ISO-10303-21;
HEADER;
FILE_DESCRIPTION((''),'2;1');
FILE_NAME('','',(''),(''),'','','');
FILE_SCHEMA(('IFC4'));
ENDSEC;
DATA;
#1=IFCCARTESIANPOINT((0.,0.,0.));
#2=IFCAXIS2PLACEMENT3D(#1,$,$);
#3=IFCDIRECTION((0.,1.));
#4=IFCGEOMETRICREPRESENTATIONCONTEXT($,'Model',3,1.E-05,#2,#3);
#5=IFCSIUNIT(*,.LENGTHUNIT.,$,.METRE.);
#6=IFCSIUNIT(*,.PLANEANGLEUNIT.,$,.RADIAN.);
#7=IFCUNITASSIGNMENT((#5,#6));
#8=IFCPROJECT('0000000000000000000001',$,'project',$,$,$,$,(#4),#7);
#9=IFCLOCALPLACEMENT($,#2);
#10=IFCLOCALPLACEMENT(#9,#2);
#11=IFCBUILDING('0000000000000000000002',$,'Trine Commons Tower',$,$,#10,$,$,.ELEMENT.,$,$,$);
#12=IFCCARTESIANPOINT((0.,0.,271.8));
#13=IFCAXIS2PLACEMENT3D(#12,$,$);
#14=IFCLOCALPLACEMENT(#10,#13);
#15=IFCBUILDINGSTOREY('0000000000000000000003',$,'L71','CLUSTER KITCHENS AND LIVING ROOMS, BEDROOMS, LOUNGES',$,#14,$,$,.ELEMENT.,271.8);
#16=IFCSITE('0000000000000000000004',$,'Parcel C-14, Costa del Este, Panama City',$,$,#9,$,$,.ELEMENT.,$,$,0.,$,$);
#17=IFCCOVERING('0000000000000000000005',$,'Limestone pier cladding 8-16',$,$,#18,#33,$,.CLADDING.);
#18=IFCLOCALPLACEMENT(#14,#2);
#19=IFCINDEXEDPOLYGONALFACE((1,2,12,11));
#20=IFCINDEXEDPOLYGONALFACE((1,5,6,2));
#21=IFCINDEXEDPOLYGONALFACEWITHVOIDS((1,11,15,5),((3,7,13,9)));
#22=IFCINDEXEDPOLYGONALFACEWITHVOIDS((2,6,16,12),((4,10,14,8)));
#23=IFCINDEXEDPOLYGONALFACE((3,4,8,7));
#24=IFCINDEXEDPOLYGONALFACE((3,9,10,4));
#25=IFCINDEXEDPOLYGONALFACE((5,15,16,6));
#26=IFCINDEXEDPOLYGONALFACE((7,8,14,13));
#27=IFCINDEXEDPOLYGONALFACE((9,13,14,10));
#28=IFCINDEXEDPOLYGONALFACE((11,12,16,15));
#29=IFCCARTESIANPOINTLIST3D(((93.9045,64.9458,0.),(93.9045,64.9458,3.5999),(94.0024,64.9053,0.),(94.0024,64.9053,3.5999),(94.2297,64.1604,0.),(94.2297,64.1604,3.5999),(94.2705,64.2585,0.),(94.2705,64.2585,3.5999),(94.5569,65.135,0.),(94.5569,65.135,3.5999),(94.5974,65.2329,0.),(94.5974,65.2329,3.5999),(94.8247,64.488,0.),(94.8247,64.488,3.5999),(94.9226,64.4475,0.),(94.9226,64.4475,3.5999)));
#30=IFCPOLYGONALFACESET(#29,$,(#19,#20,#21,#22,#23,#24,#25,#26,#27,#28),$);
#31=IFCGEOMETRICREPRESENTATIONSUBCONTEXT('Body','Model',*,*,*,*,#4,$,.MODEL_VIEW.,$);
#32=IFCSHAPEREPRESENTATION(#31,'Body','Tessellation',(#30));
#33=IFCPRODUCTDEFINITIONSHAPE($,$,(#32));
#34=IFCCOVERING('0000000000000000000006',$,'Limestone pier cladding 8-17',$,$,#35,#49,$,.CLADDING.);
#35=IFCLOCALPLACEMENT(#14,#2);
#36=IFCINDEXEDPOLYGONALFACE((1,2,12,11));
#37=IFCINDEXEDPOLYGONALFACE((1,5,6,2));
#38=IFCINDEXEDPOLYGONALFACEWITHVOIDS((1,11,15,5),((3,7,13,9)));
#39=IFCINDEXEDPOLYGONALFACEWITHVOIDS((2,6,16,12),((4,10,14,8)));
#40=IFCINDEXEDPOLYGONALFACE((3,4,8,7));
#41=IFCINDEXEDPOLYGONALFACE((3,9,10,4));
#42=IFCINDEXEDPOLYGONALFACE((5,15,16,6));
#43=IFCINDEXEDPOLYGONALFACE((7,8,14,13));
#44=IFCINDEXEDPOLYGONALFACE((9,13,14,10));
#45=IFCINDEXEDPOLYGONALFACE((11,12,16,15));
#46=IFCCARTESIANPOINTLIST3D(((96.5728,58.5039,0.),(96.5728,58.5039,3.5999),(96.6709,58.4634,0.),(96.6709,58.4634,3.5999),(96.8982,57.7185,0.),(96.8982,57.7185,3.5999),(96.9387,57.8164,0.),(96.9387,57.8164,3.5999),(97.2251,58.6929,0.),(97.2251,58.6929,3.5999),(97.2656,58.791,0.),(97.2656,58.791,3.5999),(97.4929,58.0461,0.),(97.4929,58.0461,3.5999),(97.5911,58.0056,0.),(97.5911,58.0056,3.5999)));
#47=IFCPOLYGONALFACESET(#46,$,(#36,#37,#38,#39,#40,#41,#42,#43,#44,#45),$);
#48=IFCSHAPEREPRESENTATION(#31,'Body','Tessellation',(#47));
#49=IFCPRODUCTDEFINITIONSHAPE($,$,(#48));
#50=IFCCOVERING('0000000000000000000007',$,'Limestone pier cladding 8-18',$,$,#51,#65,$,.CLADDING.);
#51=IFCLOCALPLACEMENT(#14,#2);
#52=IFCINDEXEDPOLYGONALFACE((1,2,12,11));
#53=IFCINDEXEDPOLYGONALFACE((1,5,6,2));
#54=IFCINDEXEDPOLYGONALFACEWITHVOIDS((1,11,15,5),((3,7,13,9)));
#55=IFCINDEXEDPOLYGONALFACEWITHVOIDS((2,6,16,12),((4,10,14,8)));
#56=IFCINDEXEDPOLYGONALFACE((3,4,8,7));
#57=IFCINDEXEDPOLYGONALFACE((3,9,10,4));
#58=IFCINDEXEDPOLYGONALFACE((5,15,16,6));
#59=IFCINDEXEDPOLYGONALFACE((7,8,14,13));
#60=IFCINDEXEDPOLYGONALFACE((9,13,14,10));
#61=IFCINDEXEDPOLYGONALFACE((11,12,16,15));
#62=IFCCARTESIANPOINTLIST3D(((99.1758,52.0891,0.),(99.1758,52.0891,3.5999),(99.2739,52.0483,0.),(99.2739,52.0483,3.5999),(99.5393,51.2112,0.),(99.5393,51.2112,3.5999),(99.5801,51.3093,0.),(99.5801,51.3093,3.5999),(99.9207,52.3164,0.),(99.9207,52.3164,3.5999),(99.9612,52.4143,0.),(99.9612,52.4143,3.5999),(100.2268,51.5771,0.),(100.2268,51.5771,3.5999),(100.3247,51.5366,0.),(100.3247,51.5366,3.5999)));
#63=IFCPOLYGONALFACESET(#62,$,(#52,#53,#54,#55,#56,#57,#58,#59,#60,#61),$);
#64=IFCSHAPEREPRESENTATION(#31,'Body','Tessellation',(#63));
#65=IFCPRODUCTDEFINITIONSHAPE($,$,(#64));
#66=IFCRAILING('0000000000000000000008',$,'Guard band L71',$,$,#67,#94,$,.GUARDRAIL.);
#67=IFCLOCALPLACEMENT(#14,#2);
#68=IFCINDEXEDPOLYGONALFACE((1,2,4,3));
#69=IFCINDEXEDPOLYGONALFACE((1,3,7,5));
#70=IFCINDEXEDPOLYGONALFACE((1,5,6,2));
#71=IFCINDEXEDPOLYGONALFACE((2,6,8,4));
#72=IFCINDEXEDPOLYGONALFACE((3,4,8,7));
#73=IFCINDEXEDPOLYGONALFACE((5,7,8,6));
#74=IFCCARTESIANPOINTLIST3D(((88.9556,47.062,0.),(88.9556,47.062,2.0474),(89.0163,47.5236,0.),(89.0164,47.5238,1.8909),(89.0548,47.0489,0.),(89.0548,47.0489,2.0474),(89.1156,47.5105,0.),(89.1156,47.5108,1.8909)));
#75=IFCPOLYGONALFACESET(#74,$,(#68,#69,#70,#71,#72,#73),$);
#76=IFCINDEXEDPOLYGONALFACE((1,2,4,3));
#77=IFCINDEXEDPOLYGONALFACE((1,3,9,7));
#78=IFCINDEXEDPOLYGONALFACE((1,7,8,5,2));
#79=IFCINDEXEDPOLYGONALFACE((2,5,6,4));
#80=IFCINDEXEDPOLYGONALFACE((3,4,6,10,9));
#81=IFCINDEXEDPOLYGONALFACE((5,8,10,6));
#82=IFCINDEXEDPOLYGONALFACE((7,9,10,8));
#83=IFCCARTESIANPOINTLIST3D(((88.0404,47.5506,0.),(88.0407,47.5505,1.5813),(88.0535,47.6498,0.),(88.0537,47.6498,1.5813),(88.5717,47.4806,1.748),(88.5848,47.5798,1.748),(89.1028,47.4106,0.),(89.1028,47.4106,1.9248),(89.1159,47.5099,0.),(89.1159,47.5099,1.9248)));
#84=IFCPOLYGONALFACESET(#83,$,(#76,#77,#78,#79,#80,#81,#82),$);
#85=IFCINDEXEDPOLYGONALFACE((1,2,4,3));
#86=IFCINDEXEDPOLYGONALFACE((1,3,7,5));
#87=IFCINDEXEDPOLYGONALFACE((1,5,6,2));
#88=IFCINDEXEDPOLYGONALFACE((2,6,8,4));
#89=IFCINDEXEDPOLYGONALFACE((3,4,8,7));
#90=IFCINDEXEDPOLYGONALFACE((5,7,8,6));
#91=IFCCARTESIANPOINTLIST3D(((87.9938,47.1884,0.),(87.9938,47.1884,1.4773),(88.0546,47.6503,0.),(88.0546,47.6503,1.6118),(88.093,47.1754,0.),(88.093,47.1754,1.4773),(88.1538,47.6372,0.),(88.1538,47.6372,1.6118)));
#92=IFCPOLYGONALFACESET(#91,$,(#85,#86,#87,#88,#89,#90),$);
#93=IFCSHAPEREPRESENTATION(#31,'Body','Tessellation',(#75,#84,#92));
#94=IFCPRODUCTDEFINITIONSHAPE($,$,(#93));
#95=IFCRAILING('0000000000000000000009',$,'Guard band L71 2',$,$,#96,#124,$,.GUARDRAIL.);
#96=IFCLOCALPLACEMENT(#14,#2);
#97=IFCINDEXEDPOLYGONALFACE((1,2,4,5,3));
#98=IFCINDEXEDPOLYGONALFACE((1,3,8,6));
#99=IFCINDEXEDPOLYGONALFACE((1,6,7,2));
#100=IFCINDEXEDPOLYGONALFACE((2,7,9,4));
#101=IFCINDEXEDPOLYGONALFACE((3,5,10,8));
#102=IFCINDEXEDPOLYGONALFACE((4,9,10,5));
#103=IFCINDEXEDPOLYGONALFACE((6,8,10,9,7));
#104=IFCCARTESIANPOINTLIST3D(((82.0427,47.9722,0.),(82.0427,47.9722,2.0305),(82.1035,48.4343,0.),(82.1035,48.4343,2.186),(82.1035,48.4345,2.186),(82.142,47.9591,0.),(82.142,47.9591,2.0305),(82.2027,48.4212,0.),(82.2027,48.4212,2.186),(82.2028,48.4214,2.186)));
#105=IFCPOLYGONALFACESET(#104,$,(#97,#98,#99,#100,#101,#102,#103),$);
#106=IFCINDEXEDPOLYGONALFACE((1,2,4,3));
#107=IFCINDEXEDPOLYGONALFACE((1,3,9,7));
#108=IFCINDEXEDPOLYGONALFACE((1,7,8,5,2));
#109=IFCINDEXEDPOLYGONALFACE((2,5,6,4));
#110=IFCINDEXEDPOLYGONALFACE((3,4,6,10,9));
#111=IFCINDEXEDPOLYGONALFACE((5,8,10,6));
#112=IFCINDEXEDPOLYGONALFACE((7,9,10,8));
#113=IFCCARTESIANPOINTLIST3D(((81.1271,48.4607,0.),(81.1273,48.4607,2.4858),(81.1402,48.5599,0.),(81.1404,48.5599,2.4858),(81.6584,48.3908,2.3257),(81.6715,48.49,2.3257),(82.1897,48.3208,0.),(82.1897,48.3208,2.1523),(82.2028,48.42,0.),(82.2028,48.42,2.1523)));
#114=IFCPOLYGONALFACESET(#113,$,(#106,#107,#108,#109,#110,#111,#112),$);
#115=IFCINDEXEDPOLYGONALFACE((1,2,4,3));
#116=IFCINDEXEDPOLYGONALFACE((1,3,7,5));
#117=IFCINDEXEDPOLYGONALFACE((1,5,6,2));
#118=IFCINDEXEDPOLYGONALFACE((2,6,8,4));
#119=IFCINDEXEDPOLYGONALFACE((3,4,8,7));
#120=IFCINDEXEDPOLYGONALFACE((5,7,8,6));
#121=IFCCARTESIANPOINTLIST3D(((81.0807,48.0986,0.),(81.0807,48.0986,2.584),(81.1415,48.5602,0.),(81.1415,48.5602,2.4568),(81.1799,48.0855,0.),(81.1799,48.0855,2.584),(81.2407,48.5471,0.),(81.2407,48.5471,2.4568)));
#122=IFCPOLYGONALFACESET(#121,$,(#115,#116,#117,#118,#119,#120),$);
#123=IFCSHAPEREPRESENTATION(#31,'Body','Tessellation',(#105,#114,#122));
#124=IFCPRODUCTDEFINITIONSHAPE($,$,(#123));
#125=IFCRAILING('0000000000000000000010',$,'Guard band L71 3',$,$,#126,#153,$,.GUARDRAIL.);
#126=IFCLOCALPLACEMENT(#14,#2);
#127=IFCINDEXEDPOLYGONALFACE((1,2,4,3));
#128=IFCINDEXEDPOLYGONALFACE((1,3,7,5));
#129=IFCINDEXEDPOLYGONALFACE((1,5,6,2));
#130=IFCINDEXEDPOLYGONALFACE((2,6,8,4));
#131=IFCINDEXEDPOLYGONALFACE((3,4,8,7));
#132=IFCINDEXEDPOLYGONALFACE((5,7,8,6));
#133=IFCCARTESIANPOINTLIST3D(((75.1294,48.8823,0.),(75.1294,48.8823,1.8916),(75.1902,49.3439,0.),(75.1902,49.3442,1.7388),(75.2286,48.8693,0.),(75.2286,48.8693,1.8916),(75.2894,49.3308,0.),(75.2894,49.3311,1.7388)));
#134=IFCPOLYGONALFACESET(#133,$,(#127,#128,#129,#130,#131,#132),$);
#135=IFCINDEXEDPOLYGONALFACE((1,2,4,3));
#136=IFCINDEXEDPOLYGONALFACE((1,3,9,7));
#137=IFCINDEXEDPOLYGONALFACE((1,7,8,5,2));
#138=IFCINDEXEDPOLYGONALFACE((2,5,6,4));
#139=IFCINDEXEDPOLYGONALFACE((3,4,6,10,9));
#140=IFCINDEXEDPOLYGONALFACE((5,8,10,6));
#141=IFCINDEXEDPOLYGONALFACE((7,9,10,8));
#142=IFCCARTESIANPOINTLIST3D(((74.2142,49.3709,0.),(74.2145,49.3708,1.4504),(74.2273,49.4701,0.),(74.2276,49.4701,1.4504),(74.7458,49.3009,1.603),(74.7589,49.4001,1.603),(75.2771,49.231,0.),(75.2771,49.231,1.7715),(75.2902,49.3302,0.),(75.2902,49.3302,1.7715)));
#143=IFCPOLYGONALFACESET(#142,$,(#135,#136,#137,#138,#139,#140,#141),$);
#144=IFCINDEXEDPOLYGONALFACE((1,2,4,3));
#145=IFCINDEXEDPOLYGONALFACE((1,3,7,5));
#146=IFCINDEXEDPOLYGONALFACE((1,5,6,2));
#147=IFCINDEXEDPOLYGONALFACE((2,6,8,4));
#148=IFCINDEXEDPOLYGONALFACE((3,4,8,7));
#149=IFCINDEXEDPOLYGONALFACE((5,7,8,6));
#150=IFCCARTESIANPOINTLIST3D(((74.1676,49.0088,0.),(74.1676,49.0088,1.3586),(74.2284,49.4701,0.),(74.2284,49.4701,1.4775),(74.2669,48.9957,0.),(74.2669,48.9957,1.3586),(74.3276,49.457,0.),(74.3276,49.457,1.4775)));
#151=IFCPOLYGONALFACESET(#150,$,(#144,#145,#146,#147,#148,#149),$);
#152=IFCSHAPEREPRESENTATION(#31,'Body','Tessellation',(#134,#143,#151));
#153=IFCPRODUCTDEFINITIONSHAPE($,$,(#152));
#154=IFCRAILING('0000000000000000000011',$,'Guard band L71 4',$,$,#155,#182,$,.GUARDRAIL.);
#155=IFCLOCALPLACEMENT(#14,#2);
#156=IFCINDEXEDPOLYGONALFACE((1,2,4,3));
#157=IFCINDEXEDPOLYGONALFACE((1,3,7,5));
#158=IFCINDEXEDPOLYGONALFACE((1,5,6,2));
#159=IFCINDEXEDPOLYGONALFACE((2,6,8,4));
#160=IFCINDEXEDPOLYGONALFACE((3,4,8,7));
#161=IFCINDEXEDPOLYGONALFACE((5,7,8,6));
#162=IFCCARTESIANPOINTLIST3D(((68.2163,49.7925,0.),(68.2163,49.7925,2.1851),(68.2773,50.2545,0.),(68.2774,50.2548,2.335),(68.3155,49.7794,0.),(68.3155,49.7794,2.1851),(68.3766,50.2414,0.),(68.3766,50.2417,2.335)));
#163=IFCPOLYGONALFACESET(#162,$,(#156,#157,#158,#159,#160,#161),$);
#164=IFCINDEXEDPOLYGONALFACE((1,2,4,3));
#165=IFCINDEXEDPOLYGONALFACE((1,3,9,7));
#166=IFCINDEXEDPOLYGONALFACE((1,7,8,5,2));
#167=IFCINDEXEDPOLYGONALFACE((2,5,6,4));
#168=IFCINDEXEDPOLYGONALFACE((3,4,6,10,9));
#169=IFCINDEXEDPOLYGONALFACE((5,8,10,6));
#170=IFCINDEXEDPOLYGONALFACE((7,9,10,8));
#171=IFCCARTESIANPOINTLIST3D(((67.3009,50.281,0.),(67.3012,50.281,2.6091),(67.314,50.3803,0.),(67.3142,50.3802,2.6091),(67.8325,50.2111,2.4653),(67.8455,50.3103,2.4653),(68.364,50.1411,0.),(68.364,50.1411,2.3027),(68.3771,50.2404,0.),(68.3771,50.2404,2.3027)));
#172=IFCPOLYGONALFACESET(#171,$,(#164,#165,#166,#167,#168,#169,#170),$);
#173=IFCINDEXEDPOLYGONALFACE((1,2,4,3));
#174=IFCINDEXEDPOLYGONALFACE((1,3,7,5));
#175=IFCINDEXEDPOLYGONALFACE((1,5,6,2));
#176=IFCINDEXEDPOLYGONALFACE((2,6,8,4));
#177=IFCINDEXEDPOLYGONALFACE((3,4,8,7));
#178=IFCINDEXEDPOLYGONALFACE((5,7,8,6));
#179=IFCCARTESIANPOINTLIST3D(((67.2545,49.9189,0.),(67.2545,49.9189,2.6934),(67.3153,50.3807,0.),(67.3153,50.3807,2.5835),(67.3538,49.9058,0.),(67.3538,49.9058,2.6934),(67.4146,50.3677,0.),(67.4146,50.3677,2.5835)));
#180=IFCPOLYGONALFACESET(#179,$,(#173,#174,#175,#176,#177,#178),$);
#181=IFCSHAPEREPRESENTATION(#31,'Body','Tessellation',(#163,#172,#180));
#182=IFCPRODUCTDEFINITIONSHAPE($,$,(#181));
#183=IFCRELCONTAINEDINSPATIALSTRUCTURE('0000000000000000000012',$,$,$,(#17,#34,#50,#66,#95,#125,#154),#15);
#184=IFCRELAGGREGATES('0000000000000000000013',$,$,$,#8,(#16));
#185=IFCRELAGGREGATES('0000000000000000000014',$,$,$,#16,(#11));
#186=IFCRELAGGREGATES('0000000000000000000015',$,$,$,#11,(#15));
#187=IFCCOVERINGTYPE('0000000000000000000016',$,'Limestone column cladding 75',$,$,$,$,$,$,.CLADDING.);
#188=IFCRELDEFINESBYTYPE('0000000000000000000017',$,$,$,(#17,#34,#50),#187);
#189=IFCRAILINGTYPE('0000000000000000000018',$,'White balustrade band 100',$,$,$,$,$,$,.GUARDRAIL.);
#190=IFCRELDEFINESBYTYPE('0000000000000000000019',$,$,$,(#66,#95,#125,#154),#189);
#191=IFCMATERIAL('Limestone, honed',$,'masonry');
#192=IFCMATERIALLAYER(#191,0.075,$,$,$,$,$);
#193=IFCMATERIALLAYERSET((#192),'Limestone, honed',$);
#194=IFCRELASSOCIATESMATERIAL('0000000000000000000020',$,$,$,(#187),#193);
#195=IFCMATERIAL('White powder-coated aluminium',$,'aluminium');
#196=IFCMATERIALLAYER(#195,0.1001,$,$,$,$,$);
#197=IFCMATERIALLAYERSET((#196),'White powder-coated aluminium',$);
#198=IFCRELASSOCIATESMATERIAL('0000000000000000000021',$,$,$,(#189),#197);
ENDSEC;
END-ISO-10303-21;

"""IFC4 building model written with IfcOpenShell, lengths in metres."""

from ifc_helpers import new_model, si_unit, direction, frame, origin, place, context, subcontext, project, spatial, polyline, outline, extrude, material, layer, layer_set, type_object, element, save


model = new_model("IFC4")

# Units and contexts
model_context = context("Model", 3, precision=1e-05, world=origin(), true_north=direction((0.0, 1.0)))
body_context = subcontext(model_context, "Body", "Model", "MODEL_VIEW")
ifc_project = project(units=[si_unit("LENGTHUNIT", "METRE"), si_unit("PLANEANGLEUNIT", "RADIAN")], contexts=[model_context])

# Site, building, storey
site_placement = place(None, origin())
site = spatial("IfcSite", under=ifc_project, at=site_placement, Name="Parcel C-14, Costa del Este, Panama City", CompositionType="ELEMENT", RefElevation=0.0)
building_placement = place(site_placement, origin())
building = spatial("IfcBuilding", under=site, at=building_placement, Name="Trine Commons Tower", CompositionType="ELEMENT")
storey_placement = place(building_placement, frame((0.0, 0.0, 271.8)))
storey = spatial("IfcBuildingStorey", under=building, at=storey_placement, Name="L71", Description="CLUSTER KITCHENS AND LIVING ROOMS, BEDROOMS, LOUNGES", CompositionType="ELEMENT", Elevation=271.8)

# Shared definitions
ifc_material_1 = material(Name="Limestone, honed", Category="masonry")

# Coverings
ifc_layer_1 = layer(ifc_material_1, 0.075)
ifc_layer_set_1 = layer_set([ifc_layer_1], Name="Limestone, honed")
covering_type = type_object("IfcCoveringType", Name="Limestone column cladding 75", PredefinedType="CLADDING", material=ifc_layer_set_1)
covering_1_placement = place(storey_placement, origin())
element("IfcCovering", 1, at=covering_1_placement, inside=storey, type_object=covering_type, Name="Limestone pier cladding 8-16", PredefinedType="CLADDING", context=body_context, shape_type="SweptSolid", body=[
    extrude(outline(polyline([(94.5974, 65.2329), (93.9045, 64.9458), (94.2297, 64.1604), (94.9226, 64.4475), (94.5974, 65.2329)]), holes=[polyline([(94.5569, 65.135), (94.0024, 64.9053), (94.2705, 64.2585), (94.8247, 64.488), (94.5569, 65.135)])]), origin(), (0.0, 0.0, 1.0), 3.5999),
])
covering_2_placement = place(storey_placement, origin())
element("IfcCovering", 2, at=covering_2_placement, inside=storey, type_object=covering_type, Name="Limestone pier cladding 8-17", PredefinedType="CLADDING", context=body_context, shape_type="SweptSolid", body=[
    extrude(outline(polyline([(97.2656, 58.791), (96.5728, 58.5039), (96.8982, 57.7185), (97.5911, 58.0056), (97.2656, 58.791)]), holes=[polyline([(97.2251, 58.6929), (96.6709, 58.4634), (96.9387, 57.8164), (97.4929, 58.0461), (97.2251, 58.6929)])]), origin(), (0.0, 0.0, 1.0), 3.5999),
])
covering_3_placement = place(storey_placement, origin())
element("IfcCovering", 3, at=covering_3_placement, inside=storey, type_object=covering_type, Name="Limestone pier cladding 8-18", PredefinedType="CLADDING", context=body_context, shape_type="SweptSolid", body=[
    extrude(outline(polyline([(99.9612, 52.4143), (99.1758, 52.0891), (99.5393, 51.2112), (100.3247, 51.5366), (99.9612, 52.4143)]), holes=[polyline([(99.9207, 52.3164), (99.2739, 52.0483), (99.5801, 51.3093), (100.2268, 51.5771), (99.9207, 52.3164)])]), origin(), (0.0, 0.0, 1.0), 3.5999),
])

# Railings
ifc_material_2 = material(Name="White powder-coated aluminium", Category="aluminium")
ifc_layer_2 = layer(ifc_material_2, 0.1001)
ifc_layer_set_2 = layer_set([ifc_layer_2], Name="White powder-coated aluminium")
railing_type = type_object("IfcRailingType", Name="White balustrade band 100", PredefinedType="GUARDRAIL", material=ifc_layer_set_2)
railing_1_placement = place(storey_placement, origin())
element("IfcRailing", 4, at=railing_1_placement, inside=storey, type_object=railing_type, Name="Guard band L71", PredefinedType="GUARDRAIL", context=body_context, shape_type="SweptSolid", body=[
    extrude(outline(polyline([(0.0, 0.0), (0.4656, 0.0), (0.4658, 1.8909), (0.4658, 1.8909), (0.0, 2.0474), (0.0, 0.0)])), frame((88.9556, 47.062, 0.0), z_axis=(0.991442, -0.130549, 0.0), x_axis=(0.130549, 0.991442, 0.0)), (0.0, 0.0, 1.0), 0.1001),
    extrude(outline(polyline([(0.0, 0.0), (1.0715, 0.0), (1.0713, 1.5813), (0.5356, 1.748), (0.0, 1.9248), (0.0, 0.0)])), frame((89.1028, 47.4106, 0.0), z_axis=(0.130567, 0.99144, 0.0), x_axis=(-0.99144, 0.130567, 0.0)), (0.0, 0.0, 1.0), 0.1001),
    extrude(outline(polyline([(0.0, 0.0), (0.4658, 0.0), (0.4658, 1.4773), (0.0, 1.6118), (0.0, 0.0)])), frame((88.1538, 47.6372, 0.0), z_axis=(-0.991451, 0.130482, 0.0), x_axis=(-0.130482, -0.991451, 0.0)), (0.0, 0.0, 1.0), 0.1001),
])
railing_2_placement = place(storey_placement, origin())
element("IfcRailing", 5, at=railing_2_placement, inside=storey, type_object=railing_type, Name="Guard band L71 2", PredefinedType="GUARDRAIL", context=body_context, shape_type="SweptSolid", body=[
    extrude(outline(polyline([(0.0, 0.0), (0.4661, 0.0), (0.4663, 2.186), (0.4661, 2.186), (0.0, 2.0305), (0.0, 0.0)])), frame((82.0427, 47.9722, 0.0), z_axis=(0.99146, -0.130414, 0.0), x_axis=(0.130414, 0.99146, 0.0)), (0.0, 0.0, 1.0), 0.1001),
    extrude(outline(polyline([(0.0, 0.0), (1.0718, 0.0), (1.0715, 2.4858), (0.5359, 2.3257), (0.0, 2.1523), (0.0, 0.0)])), frame((82.1897, 48.3208, 0.0), z_axis=(0.130537, 0.991443, 0.0), x_axis=(-0.991443, 0.130537, 0.0)), (0.0, 0.0, 1.0), 0.1001),
    extrude(outline(polyline([(0.0, 0.0), (0.4656, 0.0), (0.4656, 2.584), (0.0, 2.4568), (0.0, 0.0)])), frame((81.2407, 48.5471, 0.0), z_axis=(-0.991442, 0.130549, 0.0), x_axis=(-0.130549, -0.991442, 0.0)), (0.0, 0.0, 1.0), 0.1001),
])
railing_3_placement = place(storey_placement, origin())
element("IfcRailing", 6, at=railing_3_placement, inside=storey, type_object=railing_type, Name="Guard band L71 3", PredefinedType="GUARDRAIL", context=body_context, shape_type="SweptSolid", body=[
    extrude(outline(polyline([(0.0, 0.0), (0.4656, 0.0), (0.4658, 1.7388), (0.4658, 1.7388), (0.0, 1.8916), (0.0, 0.0)])), frame((75.1294, 48.8823, 0.0), z_axis=(0.991442, -0.130549, 0.0), x_axis=(0.130549, 0.991442, 0.0)), (0.0, 0.0, 1.0), 0.1001),
    extrude(outline(polyline([(0.0, 0.0), (1.072, 0.0), (1.0718, 1.4504), (0.5359, 1.603), (0.0, 1.7715), (0.0, 0.0)])), frame((75.2771, 49.231, 0.0), z_axis=(0.130508, 0.991447, 0.0), x_axis=(-0.991447, 0.130508, 0.0)), (0.0, 0.0, 1.0), 0.1001),
    extrude(outline(polyline([(0.0, 0.0), (0.4653, 0.0), (0.4653, 1.3586), (0.0, 1.4775), (0.0, 0.0)])), frame((74.3276, 49.457, 0.0), z_axis=(-0.991433, 0.130617, 0.0), x_axis=(-0.130617, -0.991433, 0.0)), (0.0, 0.0, 1.0), 0.1001),
])
railing_4_placement = place(storey_placement, origin())
element("IfcRailing", 7, at=railing_4_placement, inside=storey, type_object=railing_type, Name="Guard band L71 4", PredefinedType="GUARDRAIL", context=body_context, shape_type="SweptSolid", body=[
    extrude(outline(polyline([(0.0, 0.0), (0.4661, 0.0), (0.4663, 2.335), (0.0, 2.1851), (0.0, 0.0)])), frame((68.2163, 49.7925, 0.0), z_axis=(0.991392, -0.130929, 0.0), x_axis=(0.130929, 0.991392, 0.0)), (0.0, 0.0, 1.0), 0.1001),
    extrude(outline(polyline([(0.0, 0.0), (1.0723, 0.0), (1.072, 2.6091), (0.5361, 2.4653), (0.0, 2.3027), (0.0, 0.0)])), frame((68.364, 50.1411, 0.0), z_axis=(0.130478, 0.991451, 0.0), x_axis=(-0.991451, 0.130478, 0.0)), (0.0, 0.0, 1.0), 0.1001),
    extrude(outline(polyline([(0.0, 0.0), (0.4658, 0.0), (0.4658, 2.6934), (0.0, 2.5835), (0.0, 0.0)])), frame((67.4146, 50.3677, 0.0), z_axis=(-0.991451, 0.130482, 0.0), x_axis=(-0.130482, -0.991451, 0.0)), (0.0, 0.0, 1.0), 0.1001),
])

save(model, "model.ifc")
